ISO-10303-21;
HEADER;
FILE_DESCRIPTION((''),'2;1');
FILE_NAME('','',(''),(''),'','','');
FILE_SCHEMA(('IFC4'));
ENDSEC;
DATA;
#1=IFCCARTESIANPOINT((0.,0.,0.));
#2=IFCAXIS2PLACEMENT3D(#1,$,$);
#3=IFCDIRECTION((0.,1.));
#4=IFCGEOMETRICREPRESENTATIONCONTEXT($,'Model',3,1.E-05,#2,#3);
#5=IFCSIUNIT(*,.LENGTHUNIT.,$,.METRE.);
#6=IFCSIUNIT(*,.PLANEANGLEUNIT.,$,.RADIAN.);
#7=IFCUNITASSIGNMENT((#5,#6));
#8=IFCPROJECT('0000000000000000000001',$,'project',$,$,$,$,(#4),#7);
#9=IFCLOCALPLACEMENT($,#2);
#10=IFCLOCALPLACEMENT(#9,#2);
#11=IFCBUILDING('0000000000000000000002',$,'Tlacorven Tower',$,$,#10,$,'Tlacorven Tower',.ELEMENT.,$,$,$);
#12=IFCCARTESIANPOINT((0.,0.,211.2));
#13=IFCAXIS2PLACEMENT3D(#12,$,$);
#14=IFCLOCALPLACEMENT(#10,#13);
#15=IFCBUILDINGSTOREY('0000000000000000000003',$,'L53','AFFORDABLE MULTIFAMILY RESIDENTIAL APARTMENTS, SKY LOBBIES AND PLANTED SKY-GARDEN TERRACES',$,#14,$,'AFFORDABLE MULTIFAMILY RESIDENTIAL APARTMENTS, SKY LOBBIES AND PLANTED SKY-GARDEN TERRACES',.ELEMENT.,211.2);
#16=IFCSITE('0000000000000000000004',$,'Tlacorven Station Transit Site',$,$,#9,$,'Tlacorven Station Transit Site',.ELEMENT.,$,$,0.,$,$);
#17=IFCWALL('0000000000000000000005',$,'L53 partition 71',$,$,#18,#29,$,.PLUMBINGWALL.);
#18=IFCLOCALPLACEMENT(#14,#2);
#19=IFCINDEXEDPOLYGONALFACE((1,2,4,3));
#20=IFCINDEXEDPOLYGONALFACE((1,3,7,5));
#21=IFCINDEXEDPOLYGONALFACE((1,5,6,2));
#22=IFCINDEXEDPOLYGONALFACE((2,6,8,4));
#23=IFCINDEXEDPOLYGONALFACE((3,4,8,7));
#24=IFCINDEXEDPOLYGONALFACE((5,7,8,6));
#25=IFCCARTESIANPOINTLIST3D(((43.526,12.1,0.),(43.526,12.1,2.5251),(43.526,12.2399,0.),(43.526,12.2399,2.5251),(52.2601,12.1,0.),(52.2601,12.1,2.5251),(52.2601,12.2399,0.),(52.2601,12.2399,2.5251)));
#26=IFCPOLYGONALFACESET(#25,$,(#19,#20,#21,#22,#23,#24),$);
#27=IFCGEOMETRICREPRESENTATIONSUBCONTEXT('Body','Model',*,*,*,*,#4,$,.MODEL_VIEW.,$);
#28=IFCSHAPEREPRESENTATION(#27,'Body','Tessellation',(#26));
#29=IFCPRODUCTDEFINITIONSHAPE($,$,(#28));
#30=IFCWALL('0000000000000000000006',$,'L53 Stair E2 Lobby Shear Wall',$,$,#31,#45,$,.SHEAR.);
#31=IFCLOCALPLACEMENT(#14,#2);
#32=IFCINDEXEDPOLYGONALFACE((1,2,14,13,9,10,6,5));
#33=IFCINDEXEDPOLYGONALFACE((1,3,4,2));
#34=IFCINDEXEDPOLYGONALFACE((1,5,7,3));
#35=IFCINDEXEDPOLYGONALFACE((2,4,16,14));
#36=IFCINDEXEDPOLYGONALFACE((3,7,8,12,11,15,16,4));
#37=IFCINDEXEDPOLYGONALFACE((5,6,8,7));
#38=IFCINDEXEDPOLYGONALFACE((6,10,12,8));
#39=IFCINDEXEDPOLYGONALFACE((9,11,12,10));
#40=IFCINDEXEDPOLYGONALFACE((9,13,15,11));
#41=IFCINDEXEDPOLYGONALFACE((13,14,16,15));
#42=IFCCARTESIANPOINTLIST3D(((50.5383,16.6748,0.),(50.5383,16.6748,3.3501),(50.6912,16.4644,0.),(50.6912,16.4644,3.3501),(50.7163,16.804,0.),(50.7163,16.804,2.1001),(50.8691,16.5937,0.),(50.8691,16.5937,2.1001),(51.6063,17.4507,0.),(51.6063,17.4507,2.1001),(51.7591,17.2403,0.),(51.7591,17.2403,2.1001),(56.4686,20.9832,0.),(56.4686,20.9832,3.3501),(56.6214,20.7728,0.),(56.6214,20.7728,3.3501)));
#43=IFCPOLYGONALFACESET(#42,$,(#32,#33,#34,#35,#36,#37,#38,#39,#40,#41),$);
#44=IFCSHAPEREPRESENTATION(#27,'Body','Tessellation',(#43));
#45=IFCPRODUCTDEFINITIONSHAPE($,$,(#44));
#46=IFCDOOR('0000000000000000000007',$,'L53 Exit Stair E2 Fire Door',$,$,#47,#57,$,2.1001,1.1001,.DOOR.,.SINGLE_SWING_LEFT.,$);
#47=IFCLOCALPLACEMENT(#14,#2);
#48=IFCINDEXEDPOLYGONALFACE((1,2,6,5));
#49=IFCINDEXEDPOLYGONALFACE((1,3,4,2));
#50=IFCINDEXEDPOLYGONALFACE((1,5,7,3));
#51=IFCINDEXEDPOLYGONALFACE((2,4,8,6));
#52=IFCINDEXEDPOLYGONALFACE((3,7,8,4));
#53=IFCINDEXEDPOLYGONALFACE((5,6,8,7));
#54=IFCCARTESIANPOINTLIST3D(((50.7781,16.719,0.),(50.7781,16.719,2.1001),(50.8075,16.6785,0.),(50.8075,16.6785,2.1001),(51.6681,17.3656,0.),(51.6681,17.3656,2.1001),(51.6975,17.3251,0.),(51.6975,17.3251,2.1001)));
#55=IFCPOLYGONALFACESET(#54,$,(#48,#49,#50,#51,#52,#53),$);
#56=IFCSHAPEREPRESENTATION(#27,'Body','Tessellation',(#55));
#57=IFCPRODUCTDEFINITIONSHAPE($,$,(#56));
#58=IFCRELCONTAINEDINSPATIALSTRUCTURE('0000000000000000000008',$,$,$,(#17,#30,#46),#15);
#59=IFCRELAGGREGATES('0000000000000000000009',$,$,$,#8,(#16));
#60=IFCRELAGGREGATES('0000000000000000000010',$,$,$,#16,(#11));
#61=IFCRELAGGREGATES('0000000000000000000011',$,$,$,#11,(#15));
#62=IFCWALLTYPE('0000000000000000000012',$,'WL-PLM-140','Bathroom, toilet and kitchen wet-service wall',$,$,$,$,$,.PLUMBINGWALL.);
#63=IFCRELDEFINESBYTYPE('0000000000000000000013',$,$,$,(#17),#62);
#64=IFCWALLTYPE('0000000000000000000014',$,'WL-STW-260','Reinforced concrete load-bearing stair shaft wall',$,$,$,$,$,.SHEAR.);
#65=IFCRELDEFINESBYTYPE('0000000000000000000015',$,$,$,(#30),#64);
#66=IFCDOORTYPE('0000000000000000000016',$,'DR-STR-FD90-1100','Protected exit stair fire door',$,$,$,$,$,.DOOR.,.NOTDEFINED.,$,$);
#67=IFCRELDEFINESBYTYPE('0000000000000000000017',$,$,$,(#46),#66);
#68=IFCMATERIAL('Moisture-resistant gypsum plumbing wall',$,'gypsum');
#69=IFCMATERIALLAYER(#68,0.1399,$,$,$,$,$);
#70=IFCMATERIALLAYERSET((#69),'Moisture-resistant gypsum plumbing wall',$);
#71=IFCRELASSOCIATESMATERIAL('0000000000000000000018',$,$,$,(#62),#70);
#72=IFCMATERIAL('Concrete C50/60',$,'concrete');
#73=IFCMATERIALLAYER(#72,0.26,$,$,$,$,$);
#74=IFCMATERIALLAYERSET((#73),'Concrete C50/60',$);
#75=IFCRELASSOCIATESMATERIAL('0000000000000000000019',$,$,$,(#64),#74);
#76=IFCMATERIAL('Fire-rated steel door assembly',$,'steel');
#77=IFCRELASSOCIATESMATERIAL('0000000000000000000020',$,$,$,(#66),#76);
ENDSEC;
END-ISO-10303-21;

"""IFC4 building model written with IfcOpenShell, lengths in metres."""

from ifc_helpers import new_model, si_unit, direction, frame, frame_2d, origin, place, context, subcontext, project, spatial, rectangle, extrude, source, transform, mapped, material, layer, layer_set, type_object, element, fill, save


model = new_model("IFC4")

# Units and contexts
model_context = context("Model", 3, precision=1e-05, world=origin(), true_north=direction((0.0, 1.0)))
body_context = subcontext(model_context, "Body", "Model", "MODEL_VIEW")
ifc_project = project(units=[si_unit("LENGTHUNIT", "METRE"), si_unit("PLANEANGLEUNIT", "RADIAN")], contexts=[model_context])

# Site, building, storey
site_placement = place(None, origin())
site = spatial("IfcSite", under=ifc_project, at=site_placement, Name="Tlacorven Station Transit Site", LongName="Tlacorven Station Transit Site", CompositionType="ELEMENT", RefElevation=0.0)
building_placement = place(site_placement, origin())
building = spatial("IfcBuilding", under=site, at=building_placement, Name="Tlacorven Tower", LongName="Tlacorven Tower", CompositionType="ELEMENT")
storey_placement = place(building_placement, frame((0.0, 0.0, 211.2)))
storey = spatial("IfcBuildingStorey", under=building, at=storey_placement, Name="L53", Description="AFFORDABLE MULTIFAMILY RESIDENTIAL APARTMENTS, SKY LOBBIES AND PLANTED SKY-GARDEN TERRACES", LongName="AFFORDABLE MULTIFAMILY RESIDENTIAL APARTMENTS, SKY LOBBIES AND PLANTED SKY-GARDEN TERRACES", CompositionType="ELEMENT", Elevation=211.2)

# Shared definitions
ifc_material_1 = material(Name="Fire-rated steel door assembly", Category="steel")

# Wall
ifc_material_2 = material(Name="Moisture-resistant gypsum plumbing wall", Category="gypsum")
ifc_layer_1 = layer(ifc_material_2, 0.1399)
ifc_layer_set_1 = layer_set([ifc_layer_1], Name="Moisture-resistant gypsum plumbing wall")
wall_type_1 = type_object("IfcWallType", Name="WL-PLM-140", Description="Bathroom, toilet and kitchen wet-service wall", PredefinedType="PLUMBINGWALL", material=ifc_layer_set_1)
wall_1_placement = place(storey_placement, frame((43.5259, 12.1699, 0.0), z_axis=(0.0, 0.0, 1.0), x_axis=(1.0, 0.0, 0.0)))
element("IfcWall", 1, at=wall_1_placement, inside=storey, type_object=wall_type_1, Name="L53 partition 71", PredefinedType="PLUMBINGWALL", context=body_context, shape_type="SweptSolid", body=[
    extrude(rectangle(XDim=8.7341, YDim=0.1399, at=frame_2d((4.3672, 0.0))), origin(), (0.0, 0.0, 1.0), 2.5251),
])

# Wall, opening, door
ifc_material_3 = material(Name="Concrete C50/60", Category="concrete")
ifc_layer_2 = layer(ifc_material_3, 0.26)
ifc_layer_set_2 = layer_set([ifc_layer_2], Name="Concrete C50/60")
wall_type_2 = type_object("IfcWallType", Name="WL-STW-260", Description="Reinforced concrete load-bearing stair shaft wall", PredefinedType="SHEAR", material=ifc_layer_set_2)
wall_2_placement = place(storey_placement, frame((50.6147, 16.5696, 0.0), z_axis=(0.0, 0.0, 1.0), x_axis=(0.809028, 0.58777, 0.0)))
wall_2 = element("IfcWall", 2, at=wall_2_placement, inside=storey, type_object=wall_type_2, Name="L53 Stair E2 Lobby Shear Wall", PredefinedType="SHEAR", context=body_context, shape_type="SweptSolid", body=[
    extrude(rectangle(XDim=7.3301, YDim=0.26, at=frame_2d((3.665, 0.0))), origin(), (0.0, 0.0, 1.0), 3.3501),
])
opening_1_placement = place(wall_2_placement, frame((0.22, 0.0, 0.0)))
opening_1 = element("IfcOpeningElement", 3, at=opening_1_placement, cuts=wall_2, PredefinedType="OPENING", context=body_context, shape_type="SweptSolid", body=[
    extrude(rectangle(XDim=1.1001, YDim=2.1001, at=frame_2d((0.55, 1.05))), frame((0.0, 0.1401, 0.0), z_axis=(0.0, -1.0, 0.0), x_axis=(1.0, 0.0, 0.0)), (0.0, 0.0, 1.0), 0.28),
])
door_type_1 = type_object("IfcDoorType", Name="DR-STR-FD90-1100", Description="Protected exit stair fire door", OperationType="NOTDEFINED", PredefinedType="DOOR", material=ifc_material_1)
shared_shape_1 = source(origin(), body_context, "Body", "SweptSolid", [
    extrude(rectangle(XDim=1.1001, YDim=2.1001, at=frame_2d((0.55, 1.05))), frame((0.0, 0.0249, 0.0), z_axis=(0.0, -1.0, 0.0), x_axis=(1.0, 0.0, 0.0)), (0.0, 0.0, 1.0), 0.05),
])
door_1_placement = place(opening_1_placement, origin())
door_1 = element("IfcDoor", 4, at=door_1_placement, inside=storey, type_object=door_type_1, Name="L53 Exit Stair E2 Fire Door", OperationType="SINGLE_SWING_LEFT", OverallHeight=2.1001, OverallWidth=1.1001, PredefinedType="DOOR", context=body_context, shape_type="MappedRepresentation", body=[
    mapped(shared_shape_1, transform((0.0, 0.0, 0.0), scale=1.0)),
])
fill(opening_1, door_1)

save(model, "model.ifc")
